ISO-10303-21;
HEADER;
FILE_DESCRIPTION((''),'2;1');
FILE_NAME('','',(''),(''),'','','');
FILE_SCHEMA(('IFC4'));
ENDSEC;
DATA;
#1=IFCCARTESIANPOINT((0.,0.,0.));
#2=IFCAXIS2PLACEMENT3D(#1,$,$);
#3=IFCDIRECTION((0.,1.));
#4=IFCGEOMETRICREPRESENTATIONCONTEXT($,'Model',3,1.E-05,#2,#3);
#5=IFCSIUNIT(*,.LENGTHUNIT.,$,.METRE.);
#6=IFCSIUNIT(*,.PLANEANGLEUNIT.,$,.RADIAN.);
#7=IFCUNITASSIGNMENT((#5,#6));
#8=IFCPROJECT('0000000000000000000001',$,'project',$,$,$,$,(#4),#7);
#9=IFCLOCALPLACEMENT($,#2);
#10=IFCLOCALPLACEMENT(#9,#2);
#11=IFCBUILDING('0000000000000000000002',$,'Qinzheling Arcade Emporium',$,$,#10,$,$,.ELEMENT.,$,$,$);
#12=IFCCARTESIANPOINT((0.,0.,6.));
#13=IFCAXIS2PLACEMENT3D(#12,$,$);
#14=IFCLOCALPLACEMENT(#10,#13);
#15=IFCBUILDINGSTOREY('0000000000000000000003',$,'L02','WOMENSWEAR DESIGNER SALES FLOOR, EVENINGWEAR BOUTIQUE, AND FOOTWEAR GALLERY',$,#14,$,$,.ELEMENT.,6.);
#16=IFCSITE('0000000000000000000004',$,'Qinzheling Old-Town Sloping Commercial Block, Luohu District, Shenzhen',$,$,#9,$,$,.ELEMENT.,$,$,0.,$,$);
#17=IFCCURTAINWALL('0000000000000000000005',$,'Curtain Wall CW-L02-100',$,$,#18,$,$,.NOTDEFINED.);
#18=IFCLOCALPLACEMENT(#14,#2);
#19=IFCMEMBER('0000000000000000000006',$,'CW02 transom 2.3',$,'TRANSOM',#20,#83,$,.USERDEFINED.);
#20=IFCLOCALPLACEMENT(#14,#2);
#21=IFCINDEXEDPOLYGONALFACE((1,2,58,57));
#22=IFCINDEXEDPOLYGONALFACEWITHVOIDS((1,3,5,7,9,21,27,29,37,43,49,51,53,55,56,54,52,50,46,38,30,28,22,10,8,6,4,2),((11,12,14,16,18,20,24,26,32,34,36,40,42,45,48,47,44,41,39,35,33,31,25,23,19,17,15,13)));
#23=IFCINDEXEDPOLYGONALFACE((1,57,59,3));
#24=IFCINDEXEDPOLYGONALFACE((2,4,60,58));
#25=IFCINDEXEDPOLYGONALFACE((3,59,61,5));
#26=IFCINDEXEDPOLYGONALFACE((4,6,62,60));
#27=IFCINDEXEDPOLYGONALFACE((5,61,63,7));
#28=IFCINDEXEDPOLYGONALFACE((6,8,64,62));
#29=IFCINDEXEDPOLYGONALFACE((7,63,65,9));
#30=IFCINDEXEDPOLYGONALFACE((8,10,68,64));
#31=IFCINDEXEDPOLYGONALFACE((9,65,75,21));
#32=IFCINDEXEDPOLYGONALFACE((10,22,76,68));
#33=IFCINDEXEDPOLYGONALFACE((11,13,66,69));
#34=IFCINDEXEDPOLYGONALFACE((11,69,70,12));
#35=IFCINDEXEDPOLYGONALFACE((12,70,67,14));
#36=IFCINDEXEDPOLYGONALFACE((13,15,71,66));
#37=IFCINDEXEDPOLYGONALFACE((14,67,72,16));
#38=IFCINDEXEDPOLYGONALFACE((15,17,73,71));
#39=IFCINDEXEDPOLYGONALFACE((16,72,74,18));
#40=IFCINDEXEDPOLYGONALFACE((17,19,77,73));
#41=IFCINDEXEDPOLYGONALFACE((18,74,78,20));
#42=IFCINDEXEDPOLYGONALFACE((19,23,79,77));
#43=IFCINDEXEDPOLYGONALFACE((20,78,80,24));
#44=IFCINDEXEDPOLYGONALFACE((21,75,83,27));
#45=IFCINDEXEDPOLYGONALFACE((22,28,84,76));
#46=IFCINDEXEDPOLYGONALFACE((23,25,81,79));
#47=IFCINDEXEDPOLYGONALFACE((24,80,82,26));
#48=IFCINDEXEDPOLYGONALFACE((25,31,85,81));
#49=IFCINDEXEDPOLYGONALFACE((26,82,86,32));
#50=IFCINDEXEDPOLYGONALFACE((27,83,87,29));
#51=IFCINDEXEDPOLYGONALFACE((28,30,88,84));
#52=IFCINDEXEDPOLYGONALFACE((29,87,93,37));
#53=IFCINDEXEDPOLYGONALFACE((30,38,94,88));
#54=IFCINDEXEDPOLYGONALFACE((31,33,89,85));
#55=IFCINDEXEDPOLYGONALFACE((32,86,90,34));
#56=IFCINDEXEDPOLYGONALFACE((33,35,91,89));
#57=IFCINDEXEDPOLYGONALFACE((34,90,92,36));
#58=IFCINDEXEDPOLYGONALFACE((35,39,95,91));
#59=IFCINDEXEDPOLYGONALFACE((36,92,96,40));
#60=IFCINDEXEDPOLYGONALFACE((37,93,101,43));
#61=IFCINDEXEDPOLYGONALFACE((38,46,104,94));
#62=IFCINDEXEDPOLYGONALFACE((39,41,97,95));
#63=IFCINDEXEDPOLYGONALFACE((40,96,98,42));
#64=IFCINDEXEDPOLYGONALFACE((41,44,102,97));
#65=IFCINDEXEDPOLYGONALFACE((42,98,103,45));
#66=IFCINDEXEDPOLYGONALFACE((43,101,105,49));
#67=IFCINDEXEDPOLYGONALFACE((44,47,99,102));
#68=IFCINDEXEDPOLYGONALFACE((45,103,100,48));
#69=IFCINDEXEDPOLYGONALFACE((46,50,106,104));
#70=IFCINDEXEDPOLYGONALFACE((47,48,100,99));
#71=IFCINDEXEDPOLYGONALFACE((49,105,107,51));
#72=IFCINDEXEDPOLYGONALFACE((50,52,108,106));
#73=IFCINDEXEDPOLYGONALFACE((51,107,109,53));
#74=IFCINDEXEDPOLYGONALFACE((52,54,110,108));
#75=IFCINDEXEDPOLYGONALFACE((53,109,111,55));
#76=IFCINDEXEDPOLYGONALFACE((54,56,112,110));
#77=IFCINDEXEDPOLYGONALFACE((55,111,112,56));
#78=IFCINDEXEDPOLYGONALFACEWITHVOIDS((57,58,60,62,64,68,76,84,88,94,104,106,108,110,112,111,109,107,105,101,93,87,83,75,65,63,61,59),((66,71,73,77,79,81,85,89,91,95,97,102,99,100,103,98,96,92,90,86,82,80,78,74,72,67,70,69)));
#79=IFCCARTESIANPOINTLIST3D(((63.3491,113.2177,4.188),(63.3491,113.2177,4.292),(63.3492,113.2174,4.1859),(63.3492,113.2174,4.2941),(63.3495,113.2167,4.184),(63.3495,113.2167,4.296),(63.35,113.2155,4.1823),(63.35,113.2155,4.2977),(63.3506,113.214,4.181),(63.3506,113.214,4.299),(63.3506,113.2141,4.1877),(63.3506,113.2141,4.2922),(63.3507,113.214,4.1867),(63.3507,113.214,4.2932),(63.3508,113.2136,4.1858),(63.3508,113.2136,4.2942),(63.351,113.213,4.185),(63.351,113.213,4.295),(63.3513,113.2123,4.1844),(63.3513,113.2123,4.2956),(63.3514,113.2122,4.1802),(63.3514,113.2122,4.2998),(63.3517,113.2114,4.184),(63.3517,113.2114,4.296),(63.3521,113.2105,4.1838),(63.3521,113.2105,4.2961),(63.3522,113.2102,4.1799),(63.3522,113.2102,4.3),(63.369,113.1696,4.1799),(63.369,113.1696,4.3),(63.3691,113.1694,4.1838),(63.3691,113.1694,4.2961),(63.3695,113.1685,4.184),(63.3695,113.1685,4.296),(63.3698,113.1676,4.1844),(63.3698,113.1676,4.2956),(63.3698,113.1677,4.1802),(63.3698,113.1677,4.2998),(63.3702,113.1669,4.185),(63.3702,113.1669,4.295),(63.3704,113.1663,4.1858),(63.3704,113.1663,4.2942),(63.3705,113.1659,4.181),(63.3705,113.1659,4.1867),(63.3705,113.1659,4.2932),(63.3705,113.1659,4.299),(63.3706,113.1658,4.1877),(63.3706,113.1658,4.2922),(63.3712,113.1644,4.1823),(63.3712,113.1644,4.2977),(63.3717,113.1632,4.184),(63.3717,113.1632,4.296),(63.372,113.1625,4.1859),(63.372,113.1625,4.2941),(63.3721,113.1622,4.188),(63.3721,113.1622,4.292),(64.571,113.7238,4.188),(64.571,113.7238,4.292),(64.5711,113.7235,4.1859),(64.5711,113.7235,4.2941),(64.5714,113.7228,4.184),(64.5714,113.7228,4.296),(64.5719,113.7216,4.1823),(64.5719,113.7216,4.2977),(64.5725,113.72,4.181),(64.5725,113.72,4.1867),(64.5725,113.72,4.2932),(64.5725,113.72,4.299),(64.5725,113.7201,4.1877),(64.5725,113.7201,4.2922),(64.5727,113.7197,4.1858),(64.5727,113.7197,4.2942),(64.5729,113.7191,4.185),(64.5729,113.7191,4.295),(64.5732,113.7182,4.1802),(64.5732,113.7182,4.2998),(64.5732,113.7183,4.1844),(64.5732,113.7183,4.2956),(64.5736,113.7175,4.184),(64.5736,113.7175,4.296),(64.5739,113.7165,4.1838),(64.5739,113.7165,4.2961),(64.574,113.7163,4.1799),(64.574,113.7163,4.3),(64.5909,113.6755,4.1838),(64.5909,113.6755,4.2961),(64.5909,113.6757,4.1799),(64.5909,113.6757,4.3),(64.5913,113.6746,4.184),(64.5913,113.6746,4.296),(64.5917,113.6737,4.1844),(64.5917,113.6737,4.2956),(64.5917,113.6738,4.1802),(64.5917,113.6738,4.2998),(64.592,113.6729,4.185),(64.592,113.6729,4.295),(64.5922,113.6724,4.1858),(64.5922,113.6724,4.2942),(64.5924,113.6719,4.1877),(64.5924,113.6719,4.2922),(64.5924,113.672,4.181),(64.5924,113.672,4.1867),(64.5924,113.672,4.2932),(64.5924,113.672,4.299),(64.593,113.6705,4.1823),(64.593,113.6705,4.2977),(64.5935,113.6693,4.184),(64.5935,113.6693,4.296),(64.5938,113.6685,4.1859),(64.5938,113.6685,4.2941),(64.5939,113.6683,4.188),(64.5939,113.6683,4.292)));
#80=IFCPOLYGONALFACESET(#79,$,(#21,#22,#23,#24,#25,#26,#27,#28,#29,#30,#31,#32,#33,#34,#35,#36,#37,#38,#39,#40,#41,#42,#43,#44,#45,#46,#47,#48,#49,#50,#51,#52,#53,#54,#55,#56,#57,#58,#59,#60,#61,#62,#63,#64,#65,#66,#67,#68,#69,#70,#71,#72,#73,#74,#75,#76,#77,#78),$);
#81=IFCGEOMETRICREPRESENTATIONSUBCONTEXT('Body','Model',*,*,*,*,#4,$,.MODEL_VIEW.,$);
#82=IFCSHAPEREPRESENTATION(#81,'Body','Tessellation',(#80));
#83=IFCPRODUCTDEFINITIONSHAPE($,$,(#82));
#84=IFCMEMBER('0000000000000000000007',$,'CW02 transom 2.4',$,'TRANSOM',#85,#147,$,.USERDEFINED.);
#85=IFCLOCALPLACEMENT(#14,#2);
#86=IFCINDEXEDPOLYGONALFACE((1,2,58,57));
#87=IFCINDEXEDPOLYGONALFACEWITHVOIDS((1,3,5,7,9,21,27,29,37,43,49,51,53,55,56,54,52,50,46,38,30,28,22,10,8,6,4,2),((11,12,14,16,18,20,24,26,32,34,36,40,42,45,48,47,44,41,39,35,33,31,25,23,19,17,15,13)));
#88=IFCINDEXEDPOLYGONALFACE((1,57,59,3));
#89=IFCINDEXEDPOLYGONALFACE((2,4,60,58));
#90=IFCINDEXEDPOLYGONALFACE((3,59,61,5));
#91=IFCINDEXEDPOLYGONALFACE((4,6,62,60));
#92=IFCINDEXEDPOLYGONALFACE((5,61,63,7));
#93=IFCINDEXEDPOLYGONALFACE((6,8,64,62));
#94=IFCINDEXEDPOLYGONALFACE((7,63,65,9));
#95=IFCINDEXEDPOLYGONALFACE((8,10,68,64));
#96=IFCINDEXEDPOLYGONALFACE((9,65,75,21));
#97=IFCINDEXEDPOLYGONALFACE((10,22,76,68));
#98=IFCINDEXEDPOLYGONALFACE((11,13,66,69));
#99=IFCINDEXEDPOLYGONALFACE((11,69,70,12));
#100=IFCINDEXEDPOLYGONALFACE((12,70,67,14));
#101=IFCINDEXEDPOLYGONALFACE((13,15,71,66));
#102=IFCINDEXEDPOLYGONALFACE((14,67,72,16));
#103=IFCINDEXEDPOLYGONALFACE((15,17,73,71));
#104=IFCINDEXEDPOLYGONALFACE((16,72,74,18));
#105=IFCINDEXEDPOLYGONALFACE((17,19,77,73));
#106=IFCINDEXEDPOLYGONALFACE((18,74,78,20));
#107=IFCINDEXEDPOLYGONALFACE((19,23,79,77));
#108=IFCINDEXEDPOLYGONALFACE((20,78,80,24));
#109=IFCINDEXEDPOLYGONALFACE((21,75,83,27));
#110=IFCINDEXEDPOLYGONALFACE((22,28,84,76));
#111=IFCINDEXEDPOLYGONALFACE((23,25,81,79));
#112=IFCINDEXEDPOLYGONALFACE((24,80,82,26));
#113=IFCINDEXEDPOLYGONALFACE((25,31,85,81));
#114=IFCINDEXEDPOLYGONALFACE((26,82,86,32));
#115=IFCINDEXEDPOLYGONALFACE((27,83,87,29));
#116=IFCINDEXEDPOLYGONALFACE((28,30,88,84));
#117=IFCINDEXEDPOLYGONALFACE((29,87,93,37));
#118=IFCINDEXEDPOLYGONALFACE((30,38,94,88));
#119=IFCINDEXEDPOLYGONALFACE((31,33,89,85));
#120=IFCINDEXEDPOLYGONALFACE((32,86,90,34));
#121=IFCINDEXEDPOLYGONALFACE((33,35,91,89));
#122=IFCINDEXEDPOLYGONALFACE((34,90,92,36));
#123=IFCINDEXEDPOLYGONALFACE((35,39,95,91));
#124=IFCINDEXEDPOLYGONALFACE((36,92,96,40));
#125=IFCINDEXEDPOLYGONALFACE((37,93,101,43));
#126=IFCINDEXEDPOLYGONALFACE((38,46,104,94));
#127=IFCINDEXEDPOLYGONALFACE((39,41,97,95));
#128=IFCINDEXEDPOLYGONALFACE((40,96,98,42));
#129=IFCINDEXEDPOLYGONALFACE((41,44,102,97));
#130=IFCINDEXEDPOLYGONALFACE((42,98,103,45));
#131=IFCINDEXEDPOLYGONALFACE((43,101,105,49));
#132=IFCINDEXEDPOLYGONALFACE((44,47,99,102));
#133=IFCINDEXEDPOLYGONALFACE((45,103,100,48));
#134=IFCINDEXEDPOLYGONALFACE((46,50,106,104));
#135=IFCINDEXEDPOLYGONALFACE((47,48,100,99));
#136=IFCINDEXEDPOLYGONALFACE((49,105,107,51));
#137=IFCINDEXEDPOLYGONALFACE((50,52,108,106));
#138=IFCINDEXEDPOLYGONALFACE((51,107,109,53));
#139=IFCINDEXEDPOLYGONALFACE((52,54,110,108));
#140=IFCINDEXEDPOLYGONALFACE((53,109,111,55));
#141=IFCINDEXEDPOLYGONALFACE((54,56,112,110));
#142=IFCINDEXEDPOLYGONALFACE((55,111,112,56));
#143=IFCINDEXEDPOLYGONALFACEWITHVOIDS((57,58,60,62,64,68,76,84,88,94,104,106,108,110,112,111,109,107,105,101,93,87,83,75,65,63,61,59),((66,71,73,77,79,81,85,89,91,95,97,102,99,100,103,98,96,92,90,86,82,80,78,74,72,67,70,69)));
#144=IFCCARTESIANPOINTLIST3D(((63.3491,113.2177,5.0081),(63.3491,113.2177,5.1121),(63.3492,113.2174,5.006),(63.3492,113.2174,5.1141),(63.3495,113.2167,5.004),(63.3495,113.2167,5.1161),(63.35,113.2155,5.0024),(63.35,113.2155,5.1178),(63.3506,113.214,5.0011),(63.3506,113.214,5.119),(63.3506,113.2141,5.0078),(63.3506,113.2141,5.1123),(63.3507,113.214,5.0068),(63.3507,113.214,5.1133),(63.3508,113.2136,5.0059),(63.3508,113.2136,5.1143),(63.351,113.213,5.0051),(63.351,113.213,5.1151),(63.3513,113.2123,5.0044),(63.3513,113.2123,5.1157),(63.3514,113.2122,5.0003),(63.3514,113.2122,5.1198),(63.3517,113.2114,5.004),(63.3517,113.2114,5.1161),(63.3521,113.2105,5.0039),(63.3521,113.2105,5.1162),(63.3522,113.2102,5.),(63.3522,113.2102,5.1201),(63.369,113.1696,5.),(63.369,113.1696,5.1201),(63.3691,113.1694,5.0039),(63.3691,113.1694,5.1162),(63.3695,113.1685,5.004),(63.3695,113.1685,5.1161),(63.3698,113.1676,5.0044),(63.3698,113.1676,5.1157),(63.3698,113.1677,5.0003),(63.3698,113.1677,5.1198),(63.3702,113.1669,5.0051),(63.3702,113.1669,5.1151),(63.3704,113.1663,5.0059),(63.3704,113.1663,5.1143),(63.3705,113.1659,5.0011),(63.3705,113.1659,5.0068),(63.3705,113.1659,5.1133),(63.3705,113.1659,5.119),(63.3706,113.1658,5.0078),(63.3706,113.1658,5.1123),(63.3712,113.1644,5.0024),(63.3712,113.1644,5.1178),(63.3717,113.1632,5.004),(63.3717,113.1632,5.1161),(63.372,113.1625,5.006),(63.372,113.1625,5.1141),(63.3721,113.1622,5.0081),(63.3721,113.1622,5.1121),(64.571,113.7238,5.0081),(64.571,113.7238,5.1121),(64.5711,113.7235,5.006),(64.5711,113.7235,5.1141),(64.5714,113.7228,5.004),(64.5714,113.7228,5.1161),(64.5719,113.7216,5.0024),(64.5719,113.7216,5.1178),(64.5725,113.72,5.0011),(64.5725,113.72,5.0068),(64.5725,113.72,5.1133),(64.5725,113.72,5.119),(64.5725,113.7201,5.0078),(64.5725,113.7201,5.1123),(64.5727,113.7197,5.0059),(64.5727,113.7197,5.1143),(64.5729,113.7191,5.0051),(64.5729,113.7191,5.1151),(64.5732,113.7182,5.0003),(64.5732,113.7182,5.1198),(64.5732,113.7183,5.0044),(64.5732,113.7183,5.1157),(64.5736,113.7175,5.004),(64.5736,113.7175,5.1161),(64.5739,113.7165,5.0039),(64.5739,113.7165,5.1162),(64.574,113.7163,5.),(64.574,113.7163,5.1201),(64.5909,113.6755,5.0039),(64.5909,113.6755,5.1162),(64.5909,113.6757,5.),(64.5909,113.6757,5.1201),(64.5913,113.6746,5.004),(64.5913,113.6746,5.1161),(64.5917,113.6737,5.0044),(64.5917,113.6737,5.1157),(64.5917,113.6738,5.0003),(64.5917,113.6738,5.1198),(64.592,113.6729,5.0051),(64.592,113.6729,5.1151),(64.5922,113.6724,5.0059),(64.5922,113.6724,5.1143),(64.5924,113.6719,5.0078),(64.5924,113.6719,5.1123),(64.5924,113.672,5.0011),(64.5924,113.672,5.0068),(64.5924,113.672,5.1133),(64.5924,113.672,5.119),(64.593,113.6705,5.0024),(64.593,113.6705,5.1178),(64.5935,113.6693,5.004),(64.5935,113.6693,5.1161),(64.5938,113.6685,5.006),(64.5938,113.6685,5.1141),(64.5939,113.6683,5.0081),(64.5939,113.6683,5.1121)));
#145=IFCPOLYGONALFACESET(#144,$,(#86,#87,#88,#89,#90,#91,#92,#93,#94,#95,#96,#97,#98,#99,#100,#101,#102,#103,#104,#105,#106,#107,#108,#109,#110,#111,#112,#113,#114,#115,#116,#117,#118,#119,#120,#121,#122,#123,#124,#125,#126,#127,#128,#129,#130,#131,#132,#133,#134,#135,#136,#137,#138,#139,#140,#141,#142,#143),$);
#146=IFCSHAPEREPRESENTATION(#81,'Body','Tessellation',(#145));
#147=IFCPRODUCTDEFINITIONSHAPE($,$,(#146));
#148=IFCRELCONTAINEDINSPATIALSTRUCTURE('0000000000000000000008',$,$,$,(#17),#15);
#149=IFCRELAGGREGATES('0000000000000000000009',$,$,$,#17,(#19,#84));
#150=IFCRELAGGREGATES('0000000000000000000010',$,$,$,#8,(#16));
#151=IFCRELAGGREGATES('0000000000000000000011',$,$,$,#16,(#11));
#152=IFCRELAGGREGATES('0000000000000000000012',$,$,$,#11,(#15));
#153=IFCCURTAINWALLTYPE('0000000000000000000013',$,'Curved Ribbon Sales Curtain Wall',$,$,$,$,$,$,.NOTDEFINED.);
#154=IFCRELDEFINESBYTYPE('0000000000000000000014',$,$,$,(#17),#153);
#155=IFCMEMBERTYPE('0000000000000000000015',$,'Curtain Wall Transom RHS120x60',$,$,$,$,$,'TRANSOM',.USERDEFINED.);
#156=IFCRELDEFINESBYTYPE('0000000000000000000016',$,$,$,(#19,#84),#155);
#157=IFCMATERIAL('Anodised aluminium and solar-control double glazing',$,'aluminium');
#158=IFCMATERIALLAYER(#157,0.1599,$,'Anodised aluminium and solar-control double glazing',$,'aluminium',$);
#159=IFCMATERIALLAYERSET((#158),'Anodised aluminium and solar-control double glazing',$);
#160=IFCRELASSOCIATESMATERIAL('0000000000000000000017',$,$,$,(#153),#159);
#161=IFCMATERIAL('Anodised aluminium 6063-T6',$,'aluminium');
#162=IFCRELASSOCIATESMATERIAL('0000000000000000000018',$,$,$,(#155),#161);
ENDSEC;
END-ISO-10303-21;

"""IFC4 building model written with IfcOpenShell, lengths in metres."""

from ifc_helpers import new_model, si_unit, direction, frame, origin, origin_2d, place, context, subcontext, project, spatial, hollow_rectangle, extrude, material, layer, layer_set, material_profile, profile_set, type_object, element, aggregate, save


model = new_model("IFC4")

# Units and contexts
model_context = context("Model", 3, precision=1e-05, world=origin(), true_north=direction((0.0, 1.0)))
body_context = subcontext(model_context, "Body", "Model", "MODEL_VIEW")
ifc_project = project(units=[si_unit("LENGTHUNIT", "METRE"), si_unit("PLANEANGLEUNIT", "RADIAN")], contexts=[model_context])

# Site, building, storey
site_placement = place(None, origin())
site = spatial("IfcSite", under=ifc_project, at=site_placement, Name="Qinzheling Old-Town Sloping Commercial Block, Luohu District, Shenzhen", CompositionType="ELEMENT", RefElevation=0.0)
building_placement = place(site_placement, origin())
building = spatial("IfcBuilding", under=site, at=building_placement, Name="Qinzheling Arcade Emporium", CompositionType="ELEMENT")
storey_placement = place(building_placement, frame((0.0, 0.0, 6.0)))
storey = spatial("IfcBuildingStorey", under=building, at=storey_placement, Name="L02", Description="WOMENSWEAR DESIGNER SALES FLOOR, EVENINGWEAR BOUTIQUE, AND FOOTWEAR GALLERY", CompositionType="ELEMENT", Elevation=6.0)

# Curtain wall
ifc_material_1 = material(Name="Anodised aluminium and solar-control double glazing", Category="aluminium")
ifc_layer_1 = layer(ifc_material_1, 0.1599, Name="Anodised aluminium and solar-control double glazing", Category="aluminium")
ifc_layer_set_1 = layer_set([ifc_layer_1], Name="Anodised aluminium and solar-control double glazing")
curtain_wall_type = type_object("IfcCurtainWallType", Name="Curved Ribbon Sales Curtain Wall", PredefinedType="NOTDEFINED", material=ifc_layer_set_1)
curtain_wall_1_placement = place(storey_placement, origin())
curtain_wall_1 = element("IfcCurtainWall", 1, at=curtain_wall_1_placement, inside=storey, type_object=curtain_wall_type, Name="Curtain Wall CW-L02-100", PredefinedType="NOTDEFINED")
ifc_material_2 = material(Name="Anodised aluminium 6063-T6", Category="aluminium")

# Members
ifc_material_profile_1 = material_profile(ifc_material_2, hollow_rectangle(XDim=0.0601, YDim=0.1201, WallThickness=0.0039, InnerFilletRadius=0.0039, OuterFilletRadius=0.0081, at=origin_2d()), Name="RHS 120x60x4", Category="aluminium")
ifc_profile_set_1 = profile_set([ifc_material_profile_1], Name="Anodised aluminium 6063-T6")
member_type_1 = type_object("IfcMemberType", Name="Curtain Wall Transom RHS120x60", ElementType="TRANSOM", PredefinedType="USERDEFINED", material=ifc_profile_set_1)
member_1_placement = place(storey_placement, frame((63.3606, 113.1899, 4.24), z_axis=(0.923889, 0.382662, 0.0), x_axis=(-0.382662, 0.923889, 0.0)))
member_1 = element("IfcMember", 2, at=member_1_placement, type_object=member_type_1, Name="CW02 transom 2.3", ObjectType="TRANSOM", PredefinedType="USERDEFINED", context=body_context, shape_type="SweptSolid", body=[
    extrude(hollow_rectangle(XDim=0.0601, YDim=0.1201, WallThickness=0.0039, InnerFilletRadius=0.0039, OuterFilletRadius=0.0081, at=origin_2d()), origin(), (0.0, 0.0, 1.0), 1.3225),
])
member_2_placement = place(storey_placement, frame((63.3606, 113.1899, 5.0601), z_axis=(0.923889, 0.382662, 0.0), x_axis=(-0.382662, 0.923889, 0.0)))
member_2 = element("IfcMember", 3, at=member_2_placement, type_object=member_type_1, Name="CW02 transom 2.4", ObjectType="TRANSOM", PredefinedType="USERDEFINED", context=body_context, shape_type="SweptSolid", body=[
    extrude(hollow_rectangle(XDim=0.0601, YDim=0.1201, WallThickness=0.0039, InnerFilletRadius=0.0039, OuterFilletRadius=0.0081, at=origin_2d()), origin(), (0.0, 0.0, 1.0), 1.3225),
])

aggregate(curtain_wall_1, [member_1, member_2])

save(model, "model.ifc")
